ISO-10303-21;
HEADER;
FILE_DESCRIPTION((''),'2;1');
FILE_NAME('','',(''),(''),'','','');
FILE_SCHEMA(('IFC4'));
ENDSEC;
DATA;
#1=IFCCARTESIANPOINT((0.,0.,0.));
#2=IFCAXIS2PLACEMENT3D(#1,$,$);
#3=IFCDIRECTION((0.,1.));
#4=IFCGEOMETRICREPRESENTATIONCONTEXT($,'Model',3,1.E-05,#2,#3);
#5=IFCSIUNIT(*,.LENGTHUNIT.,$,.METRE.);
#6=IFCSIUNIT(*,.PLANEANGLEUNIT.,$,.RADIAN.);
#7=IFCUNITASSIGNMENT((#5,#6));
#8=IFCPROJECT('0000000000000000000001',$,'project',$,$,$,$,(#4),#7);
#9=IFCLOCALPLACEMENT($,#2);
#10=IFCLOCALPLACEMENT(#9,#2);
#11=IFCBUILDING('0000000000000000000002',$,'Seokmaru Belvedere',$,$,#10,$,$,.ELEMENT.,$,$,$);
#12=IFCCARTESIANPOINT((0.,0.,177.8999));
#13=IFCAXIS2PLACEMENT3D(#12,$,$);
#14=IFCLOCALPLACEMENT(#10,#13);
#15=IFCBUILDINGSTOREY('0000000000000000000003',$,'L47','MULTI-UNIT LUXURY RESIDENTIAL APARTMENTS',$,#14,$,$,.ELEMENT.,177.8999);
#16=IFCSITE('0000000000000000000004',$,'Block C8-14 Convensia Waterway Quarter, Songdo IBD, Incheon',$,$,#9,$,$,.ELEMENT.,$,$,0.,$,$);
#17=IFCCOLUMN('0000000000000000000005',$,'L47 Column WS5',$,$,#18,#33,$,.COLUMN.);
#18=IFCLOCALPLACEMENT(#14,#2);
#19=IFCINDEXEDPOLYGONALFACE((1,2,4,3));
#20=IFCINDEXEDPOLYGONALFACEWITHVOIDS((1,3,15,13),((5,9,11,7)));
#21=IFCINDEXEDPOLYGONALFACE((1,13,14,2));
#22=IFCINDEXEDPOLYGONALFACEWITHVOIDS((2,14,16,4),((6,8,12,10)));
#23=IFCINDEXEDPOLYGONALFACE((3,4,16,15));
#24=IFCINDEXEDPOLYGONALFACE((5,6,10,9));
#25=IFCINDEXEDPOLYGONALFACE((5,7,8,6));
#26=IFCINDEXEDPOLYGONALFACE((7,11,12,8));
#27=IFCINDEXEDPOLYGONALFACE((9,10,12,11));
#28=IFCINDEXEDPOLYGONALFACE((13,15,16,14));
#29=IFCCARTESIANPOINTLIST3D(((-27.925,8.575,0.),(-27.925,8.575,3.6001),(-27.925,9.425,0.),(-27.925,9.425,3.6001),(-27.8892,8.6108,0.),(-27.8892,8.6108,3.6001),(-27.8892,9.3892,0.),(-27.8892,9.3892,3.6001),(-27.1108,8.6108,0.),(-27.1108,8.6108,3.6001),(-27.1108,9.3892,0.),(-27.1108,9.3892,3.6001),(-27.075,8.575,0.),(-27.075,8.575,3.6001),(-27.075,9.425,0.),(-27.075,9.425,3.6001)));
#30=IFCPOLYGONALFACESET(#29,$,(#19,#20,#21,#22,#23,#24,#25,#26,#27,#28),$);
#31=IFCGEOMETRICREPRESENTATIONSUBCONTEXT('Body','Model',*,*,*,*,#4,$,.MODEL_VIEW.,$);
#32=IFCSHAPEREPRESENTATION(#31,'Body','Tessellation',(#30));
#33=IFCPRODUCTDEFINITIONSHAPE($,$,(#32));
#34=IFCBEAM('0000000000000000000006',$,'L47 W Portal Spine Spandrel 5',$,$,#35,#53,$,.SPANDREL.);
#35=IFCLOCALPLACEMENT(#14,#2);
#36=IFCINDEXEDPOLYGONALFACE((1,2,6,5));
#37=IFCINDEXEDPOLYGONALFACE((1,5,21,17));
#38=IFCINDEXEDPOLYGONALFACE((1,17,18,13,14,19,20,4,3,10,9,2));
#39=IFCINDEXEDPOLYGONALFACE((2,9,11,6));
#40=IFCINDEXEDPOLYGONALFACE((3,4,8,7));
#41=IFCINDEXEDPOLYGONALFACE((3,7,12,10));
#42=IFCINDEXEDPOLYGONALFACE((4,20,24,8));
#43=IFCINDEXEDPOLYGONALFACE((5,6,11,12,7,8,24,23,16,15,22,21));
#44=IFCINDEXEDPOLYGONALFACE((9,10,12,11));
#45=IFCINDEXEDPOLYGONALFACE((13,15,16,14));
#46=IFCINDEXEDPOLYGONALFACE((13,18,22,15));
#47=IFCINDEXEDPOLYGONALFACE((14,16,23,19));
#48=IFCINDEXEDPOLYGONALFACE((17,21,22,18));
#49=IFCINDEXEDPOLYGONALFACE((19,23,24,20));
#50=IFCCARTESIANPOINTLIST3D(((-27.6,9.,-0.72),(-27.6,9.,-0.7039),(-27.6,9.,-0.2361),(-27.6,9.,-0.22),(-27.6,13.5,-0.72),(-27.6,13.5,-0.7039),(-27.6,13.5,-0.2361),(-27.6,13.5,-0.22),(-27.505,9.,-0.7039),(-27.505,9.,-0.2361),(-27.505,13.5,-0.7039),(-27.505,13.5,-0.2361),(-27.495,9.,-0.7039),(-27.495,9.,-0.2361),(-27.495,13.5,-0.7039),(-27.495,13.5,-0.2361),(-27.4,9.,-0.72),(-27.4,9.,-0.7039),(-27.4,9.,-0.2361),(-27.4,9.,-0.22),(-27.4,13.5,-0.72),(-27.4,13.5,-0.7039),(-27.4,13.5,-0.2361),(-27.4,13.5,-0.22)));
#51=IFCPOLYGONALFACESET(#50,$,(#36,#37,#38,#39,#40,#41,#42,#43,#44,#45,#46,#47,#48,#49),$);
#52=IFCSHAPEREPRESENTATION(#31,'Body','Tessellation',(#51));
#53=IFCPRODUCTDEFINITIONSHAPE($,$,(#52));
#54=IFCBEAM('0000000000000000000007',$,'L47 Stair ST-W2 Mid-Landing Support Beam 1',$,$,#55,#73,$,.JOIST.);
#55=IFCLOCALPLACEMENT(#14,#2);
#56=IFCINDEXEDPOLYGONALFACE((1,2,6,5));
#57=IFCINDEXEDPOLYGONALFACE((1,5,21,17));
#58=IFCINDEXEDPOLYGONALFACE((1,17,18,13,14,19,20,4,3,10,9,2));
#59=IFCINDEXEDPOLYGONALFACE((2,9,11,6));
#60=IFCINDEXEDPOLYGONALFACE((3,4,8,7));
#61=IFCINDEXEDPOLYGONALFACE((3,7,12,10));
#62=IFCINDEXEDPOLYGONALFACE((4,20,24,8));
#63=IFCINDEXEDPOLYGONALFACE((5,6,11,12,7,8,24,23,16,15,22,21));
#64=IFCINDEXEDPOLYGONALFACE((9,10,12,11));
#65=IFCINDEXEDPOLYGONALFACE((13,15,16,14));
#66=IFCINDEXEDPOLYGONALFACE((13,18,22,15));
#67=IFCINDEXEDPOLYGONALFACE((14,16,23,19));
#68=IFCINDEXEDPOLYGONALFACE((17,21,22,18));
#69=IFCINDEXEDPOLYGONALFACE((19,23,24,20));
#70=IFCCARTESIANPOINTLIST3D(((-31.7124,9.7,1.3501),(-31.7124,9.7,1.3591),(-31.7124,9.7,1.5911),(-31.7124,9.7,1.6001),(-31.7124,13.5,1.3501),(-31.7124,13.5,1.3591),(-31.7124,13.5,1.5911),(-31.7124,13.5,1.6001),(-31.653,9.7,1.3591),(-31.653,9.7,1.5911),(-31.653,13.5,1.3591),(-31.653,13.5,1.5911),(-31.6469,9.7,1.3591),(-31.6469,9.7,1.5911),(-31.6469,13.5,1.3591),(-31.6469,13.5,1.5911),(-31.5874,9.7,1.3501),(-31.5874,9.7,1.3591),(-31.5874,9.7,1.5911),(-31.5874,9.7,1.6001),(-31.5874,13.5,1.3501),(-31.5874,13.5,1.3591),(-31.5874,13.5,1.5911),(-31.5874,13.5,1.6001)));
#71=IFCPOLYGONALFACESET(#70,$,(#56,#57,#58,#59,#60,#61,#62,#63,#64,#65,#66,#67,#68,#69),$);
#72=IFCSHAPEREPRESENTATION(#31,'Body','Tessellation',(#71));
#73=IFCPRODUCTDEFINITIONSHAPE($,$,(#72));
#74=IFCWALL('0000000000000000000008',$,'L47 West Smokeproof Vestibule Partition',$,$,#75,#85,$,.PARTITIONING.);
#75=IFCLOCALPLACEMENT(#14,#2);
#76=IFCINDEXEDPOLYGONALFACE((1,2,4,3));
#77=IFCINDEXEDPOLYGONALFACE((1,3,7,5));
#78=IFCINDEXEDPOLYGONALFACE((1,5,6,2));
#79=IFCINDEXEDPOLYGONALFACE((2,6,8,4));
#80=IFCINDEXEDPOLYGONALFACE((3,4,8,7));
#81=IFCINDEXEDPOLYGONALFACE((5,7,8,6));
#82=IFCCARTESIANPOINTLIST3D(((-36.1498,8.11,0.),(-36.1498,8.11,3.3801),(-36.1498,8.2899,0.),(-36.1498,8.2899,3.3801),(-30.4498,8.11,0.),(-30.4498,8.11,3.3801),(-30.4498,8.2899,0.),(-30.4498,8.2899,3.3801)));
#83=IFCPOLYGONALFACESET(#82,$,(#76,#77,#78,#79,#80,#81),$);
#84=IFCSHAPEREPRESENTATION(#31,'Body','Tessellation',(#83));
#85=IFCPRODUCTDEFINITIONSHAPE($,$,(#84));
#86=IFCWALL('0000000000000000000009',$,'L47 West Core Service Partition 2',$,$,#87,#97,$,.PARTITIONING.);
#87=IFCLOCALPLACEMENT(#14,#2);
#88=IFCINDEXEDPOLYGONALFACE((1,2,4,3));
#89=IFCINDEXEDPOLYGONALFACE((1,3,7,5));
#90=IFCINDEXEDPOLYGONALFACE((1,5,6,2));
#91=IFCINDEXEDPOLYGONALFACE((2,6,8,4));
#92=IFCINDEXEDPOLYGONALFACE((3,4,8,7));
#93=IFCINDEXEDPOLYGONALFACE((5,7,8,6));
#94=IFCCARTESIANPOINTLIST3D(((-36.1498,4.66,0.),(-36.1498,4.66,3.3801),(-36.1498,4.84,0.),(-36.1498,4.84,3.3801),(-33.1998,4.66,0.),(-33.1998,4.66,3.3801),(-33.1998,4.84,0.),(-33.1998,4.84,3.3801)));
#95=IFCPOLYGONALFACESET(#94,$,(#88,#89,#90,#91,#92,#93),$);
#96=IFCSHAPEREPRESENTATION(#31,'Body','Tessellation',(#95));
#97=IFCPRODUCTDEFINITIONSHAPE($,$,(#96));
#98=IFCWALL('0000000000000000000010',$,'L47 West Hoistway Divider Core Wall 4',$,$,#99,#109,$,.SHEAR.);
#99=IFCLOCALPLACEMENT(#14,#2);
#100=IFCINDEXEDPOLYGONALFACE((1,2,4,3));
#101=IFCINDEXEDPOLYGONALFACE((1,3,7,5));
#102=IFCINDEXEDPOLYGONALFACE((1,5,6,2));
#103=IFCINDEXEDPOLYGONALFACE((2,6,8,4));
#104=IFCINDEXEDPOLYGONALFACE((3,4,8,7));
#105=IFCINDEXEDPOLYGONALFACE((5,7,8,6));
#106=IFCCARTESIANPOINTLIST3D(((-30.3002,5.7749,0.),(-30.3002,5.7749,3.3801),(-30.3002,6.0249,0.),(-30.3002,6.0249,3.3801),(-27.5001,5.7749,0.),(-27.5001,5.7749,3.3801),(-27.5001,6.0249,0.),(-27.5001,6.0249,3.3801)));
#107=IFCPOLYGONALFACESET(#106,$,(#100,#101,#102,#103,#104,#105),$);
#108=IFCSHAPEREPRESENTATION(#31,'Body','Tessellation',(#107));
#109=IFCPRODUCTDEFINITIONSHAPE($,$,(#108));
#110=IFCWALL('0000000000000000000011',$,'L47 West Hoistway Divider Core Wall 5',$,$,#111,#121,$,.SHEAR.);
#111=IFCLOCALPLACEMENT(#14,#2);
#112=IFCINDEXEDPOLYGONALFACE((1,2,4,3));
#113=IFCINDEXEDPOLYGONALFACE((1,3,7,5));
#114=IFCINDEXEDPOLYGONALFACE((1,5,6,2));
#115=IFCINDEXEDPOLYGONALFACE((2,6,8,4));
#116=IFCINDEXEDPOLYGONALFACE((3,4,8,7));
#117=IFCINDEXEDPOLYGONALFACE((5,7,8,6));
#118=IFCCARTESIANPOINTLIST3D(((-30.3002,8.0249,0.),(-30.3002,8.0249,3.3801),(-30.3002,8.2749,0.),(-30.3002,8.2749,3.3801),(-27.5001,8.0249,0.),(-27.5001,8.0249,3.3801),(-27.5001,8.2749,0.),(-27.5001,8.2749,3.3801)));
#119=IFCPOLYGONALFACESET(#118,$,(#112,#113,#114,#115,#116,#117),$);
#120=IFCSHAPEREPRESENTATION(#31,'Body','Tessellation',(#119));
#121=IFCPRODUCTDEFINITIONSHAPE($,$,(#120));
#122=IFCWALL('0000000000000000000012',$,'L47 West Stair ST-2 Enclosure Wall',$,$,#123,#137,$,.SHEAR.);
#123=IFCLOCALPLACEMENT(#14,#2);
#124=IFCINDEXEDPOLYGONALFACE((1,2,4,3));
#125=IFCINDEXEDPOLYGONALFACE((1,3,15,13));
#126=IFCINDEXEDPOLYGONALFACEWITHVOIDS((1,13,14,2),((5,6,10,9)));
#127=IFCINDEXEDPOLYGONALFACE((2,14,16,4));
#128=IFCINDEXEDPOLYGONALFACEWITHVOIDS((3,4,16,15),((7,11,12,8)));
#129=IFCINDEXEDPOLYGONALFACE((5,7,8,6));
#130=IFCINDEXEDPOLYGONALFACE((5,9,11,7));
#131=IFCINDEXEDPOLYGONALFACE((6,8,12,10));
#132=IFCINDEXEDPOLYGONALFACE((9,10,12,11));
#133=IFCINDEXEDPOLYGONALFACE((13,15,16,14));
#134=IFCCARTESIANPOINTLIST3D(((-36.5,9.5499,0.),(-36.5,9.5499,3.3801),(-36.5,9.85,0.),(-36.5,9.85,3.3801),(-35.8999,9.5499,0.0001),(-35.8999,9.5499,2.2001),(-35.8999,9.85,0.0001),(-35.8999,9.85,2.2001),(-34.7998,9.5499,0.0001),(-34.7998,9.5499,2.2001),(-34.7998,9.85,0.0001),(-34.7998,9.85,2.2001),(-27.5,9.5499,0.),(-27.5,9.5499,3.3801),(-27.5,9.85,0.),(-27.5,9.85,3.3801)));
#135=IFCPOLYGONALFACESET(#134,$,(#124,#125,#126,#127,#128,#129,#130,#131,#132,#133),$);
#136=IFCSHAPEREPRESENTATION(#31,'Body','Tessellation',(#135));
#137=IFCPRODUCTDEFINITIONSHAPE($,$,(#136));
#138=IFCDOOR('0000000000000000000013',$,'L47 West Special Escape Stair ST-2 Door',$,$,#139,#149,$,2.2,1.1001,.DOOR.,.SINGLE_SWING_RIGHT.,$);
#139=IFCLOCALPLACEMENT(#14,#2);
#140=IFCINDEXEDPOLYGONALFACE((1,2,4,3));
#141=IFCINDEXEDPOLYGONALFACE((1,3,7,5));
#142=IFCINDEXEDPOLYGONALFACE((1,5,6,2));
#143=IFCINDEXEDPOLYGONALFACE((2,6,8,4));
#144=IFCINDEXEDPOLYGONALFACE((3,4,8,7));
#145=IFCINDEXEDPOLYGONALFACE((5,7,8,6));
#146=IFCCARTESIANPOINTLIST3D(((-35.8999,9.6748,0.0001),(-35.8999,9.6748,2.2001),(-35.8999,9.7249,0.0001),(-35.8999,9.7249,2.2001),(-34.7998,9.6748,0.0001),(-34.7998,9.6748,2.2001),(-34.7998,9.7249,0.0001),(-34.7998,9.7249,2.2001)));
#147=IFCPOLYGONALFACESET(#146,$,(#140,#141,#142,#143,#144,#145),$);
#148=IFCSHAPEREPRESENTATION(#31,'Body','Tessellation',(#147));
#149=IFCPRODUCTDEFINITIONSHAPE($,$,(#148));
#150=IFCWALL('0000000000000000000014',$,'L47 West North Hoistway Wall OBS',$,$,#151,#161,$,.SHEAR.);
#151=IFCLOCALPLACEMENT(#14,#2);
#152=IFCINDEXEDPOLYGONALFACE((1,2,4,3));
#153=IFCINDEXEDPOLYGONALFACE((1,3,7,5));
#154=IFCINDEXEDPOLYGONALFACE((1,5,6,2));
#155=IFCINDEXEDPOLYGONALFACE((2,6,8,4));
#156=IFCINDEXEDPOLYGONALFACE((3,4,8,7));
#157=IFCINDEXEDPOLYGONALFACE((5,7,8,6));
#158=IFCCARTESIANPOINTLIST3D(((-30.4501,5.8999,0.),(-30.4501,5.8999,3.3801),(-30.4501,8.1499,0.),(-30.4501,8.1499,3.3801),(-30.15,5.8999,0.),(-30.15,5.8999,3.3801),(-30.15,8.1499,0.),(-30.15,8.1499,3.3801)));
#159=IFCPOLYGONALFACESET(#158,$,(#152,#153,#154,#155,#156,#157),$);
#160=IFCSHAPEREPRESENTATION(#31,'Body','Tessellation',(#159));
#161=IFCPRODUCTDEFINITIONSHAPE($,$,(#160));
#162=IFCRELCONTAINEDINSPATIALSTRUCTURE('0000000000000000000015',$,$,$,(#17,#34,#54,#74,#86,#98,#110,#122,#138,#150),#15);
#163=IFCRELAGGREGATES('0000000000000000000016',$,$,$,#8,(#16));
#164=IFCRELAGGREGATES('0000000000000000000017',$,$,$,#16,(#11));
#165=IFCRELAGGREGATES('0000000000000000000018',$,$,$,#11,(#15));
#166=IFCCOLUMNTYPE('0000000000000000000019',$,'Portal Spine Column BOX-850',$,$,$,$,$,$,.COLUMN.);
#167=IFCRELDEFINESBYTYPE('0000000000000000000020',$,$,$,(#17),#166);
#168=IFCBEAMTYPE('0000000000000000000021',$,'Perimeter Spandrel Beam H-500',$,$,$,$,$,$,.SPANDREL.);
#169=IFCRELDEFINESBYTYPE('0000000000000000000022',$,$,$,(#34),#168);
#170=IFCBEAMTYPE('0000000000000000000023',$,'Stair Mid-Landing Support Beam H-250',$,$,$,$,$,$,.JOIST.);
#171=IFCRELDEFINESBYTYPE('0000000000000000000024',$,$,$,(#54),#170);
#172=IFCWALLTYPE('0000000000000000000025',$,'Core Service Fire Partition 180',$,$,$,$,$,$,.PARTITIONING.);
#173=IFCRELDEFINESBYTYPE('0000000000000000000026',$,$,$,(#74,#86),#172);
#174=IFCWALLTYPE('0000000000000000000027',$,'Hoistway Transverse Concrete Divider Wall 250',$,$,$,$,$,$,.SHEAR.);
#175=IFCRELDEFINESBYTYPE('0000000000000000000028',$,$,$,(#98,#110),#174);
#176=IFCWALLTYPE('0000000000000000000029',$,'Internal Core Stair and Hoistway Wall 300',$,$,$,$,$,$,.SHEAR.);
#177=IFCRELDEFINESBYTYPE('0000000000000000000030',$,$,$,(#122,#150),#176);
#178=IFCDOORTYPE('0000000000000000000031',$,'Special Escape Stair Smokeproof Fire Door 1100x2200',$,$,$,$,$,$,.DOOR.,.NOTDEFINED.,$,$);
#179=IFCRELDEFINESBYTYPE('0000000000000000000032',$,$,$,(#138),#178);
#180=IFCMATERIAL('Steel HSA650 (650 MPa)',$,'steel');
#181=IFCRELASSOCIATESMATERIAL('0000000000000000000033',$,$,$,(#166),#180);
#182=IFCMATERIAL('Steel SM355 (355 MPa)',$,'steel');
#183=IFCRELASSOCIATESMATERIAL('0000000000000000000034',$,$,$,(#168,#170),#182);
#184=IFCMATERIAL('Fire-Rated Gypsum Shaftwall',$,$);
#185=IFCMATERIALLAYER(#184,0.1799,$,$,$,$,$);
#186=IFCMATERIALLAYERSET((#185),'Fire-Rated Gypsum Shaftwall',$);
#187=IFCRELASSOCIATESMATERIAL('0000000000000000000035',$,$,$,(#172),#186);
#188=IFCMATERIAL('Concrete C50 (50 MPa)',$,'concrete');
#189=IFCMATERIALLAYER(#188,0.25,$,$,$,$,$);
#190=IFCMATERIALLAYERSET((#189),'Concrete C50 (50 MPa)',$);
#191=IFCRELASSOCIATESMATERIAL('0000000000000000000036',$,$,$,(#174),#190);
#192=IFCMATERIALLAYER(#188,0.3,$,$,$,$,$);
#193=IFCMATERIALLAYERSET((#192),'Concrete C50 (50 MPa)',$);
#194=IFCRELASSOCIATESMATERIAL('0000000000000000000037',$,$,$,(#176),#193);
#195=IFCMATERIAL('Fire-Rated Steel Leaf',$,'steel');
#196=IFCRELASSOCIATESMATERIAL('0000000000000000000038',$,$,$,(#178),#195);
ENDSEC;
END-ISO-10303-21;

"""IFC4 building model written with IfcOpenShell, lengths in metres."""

from ifc_helpers import new_model, si_unit, direction, frame, frame_2d, origin, origin_2d, place, context, subcontext, project, spatial, rectangle, hollow_rectangle, i_section, extrude, source, transform, mapped, material, layer, layer_set, material_profile, profile_set, type_object, type_shapes, element, fill, save


model = new_model("IFC4")

# Units and contexts
model_context = context("Model", 3, precision=1e-05, world=origin(), true_north=direction((0.0, 1.0)))
body_context = subcontext(model_context, "Body", "Model", "MODEL_VIEW")
ifc_project = project(units=[si_unit("LENGTHUNIT", "METRE"), si_unit("PLANEANGLEUNIT", "RADIAN")], contexts=[model_context])

# Site, building, storey
site_placement = place(None, origin())
site = spatial("IfcSite", under=ifc_project, at=site_placement, Name="Block C8-14 Convensia Waterway Quarter, Songdo IBD, Incheon", CompositionType="ELEMENT", RefElevation=0.0)
building_placement = place(site_placement, origin())
building = spatial("IfcBuilding", under=site, at=building_placement, Name="Seokmaru Belvedere", CompositionType="ELEMENT")
storey_placement = place(building_placement, frame((0.0, 0.0, 177.8999)))
storey = spatial("IfcBuildingStorey", under=building, at=storey_placement, Name="L47", Description="MULTI-UNIT LUXURY RESIDENTIAL APARTMENTS", CompositionType="ELEMENT", Elevation=177.8999)

# Column
ifc_material_1 = material(Name="Steel HSA650 (650 MPa)", Category="steel")
ifc_material_profile_1 = material_profile(ifc_material_1, hollow_rectangle(XDim=0.8501, YDim=0.8501, WallThickness=0.0359, at=origin_2d()), Name="BOX-850x850x36")
ifc_profile_set_1 = profile_set([ifc_material_profile_1], Name="Steel HSA650 (650 MPa)")
column_type = type_object("IfcColumnType", Name="Portal Spine Column BOX-850", PredefinedType="COLUMN", material=ifc_profile_set_1)
shared_shape_1 = source(origin(), body_context, "Body", "SweptSolid", [
    extrude(hollow_rectangle(XDim=0.8501, YDim=0.8501, WallThickness=0.0359, at=origin_2d()), origin(), (0.0, 0.0, 1.0), 3.6001),
])
type_shapes(column_type, [shared_shape_1])
column_placement = place(storey_placement, frame((-27.5, 9.0, 0.0), z_axis=(0.0, 0.0, 1.0), x_axis=(1.0, 0.0, 0.0)))
element("IfcColumn", 1, at=column_placement, inside=storey, type_object=column_type, Name="L47 Column WS5", PredefinedType="COLUMN", context=body_context, shape_type="MappedRepresentation", body=[
    mapped(shared_shape_1, transform((0.0, 0.0, 0.0), scale=1.0)),
])

# Beams
ifc_material_2 = material(Name="Steel SM355 (355 MPa)", Category="steel")
ifc_material_profile_2 = material_profile(ifc_material_2, i_section(OverallWidth=0.2, OverallDepth=0.5, WebThickness=0.01, FlangeThickness=0.0161, at=origin_2d()), Name="H-500x200x10x16")
ifc_profile_set_2 = profile_set([ifc_material_profile_2], Name="Steel SM355 (355 MPa)")
beam_type_1 = type_object("IfcBeamType", Name="Perimeter Spandrel Beam H-500", PredefinedType="SPANDREL", material=ifc_profile_set_2)
shared_shape_2 = source(origin(), body_context, "Body", "SweptSolid", [
    extrude(i_section(OverallWidth=0.2, OverallDepth=0.5, WebThickness=0.01, FlangeThickness=0.0161, at=origin_2d()), origin(), (0.0, 0.0, 1.0), 4.5),
])
type_shapes(beam_type_1, [shared_shape_2])
beam_1_placement = place(storey_placement, frame((-27.5, 9.0, -0.47), z_axis=(0.0, 1.0, 0.0), x_axis=(-1.0, 0.0, 0.0)))
element("IfcBeam", 2, at=beam_1_placement, inside=storey, type_object=beam_type_1, Name="L47 W Portal Spine Spandrel 5", PredefinedType="SPANDREL", context=body_context, shape_type="MappedRepresentation", body=[
    mapped(shared_shape_2, transform((0.0, 0.0, 0.0), scale=1.0)),
])
ifc_material_profile_3 = material_profile(ifc_material_2, i_section(OverallWidth=0.125, OverallDepth=0.25, WebThickness=0.0061, FlangeThickness=0.009, at=origin_2d()), Name="H-250x125x6x9")
ifc_profile_set_3 = profile_set([ifc_material_profile_3], Name="Steel SM355 (355 MPa)")
beam_type_2 = type_object("IfcBeamType", Name="Stair Mid-Landing Support Beam H-250", PredefinedType="JOIST", material=ifc_profile_set_3)
shared_shape_3 = source(origin(), body_context, "Body", "SweptSolid", [
    extrude(i_section(OverallWidth=0.125, OverallDepth=0.25, WebThickness=0.0061, FlangeThickness=0.009, at=origin_2d()), origin(), (0.0, 0.0, 1.0), 3.8),
])
type_shapes(beam_type_2, [shared_shape_3])
beam_2_placement = place(storey_placement, frame((-31.6499, 9.7, 1.4751), z_axis=(0.0, 1.0, 0.0), x_axis=(-1.0, 0.0, 0.0)))
element("IfcBeam", 3, at=beam_2_placement, inside=storey, type_object=beam_type_2, Name="L47 Stair ST-W2 Mid-Landing Support Beam 1", PredefinedType="JOIST", context=body_context, shape_type="MappedRepresentation", body=[
    mapped(shared_shape_3, transform((0.0, 0.0, 0.0), scale=1.0)),
])

# Walls
ifc_material_3 = material(Name="Fire-Rated Gypsum Shaftwall")
ifc_layer_1 = layer(ifc_material_3, 0.1799)
ifc_layer_set_1 = layer_set([ifc_layer_1], Name="Fire-Rated Gypsum Shaftwall")
wall_type_1 = type_object("IfcWallType", Name="Core Service Fire Partition 180", PredefinedType="PARTITIONING", material=ifc_layer_set_1)
wall_1_placement = place(storey_placement, frame((-36.1499, 8.2, 0.0), z_axis=(0.0, 0.0, 1.0), x_axis=(1.0, 0.0, 0.0)))
element("IfcWall", 4, at=wall_1_placement, inside=storey, type_object=wall_type_1, Name="L47 West Smokeproof Vestibule Partition", PredefinedType="PARTITIONING", context=body_context, shape_type="SweptSolid", body=[
    extrude(rectangle(XDim=5.7, YDim=0.1799, at=frame_2d((2.8501, 0.0))), origin(), (0.0, 0.0, 1.0), 3.3801),
])
wall_2_placement = place(storey_placement, frame((-36.1499, 4.75, 0.0), z_axis=(0.0, 0.0, 1.0), x_axis=(1.0, 0.0, 0.0)))
element("IfcWall", 5, at=wall_2_placement, inside=storey, type_object=wall_type_1, Name="L47 West Core Service Partition 2", PredefinedType="PARTITIONING", context=body_context, shape_type="SweptSolid", body=[
    extrude(rectangle(XDim=2.95, YDim=0.1799, at=frame_2d((1.4751, 0.0))), origin(), (0.0, 0.0, 1.0), 3.3801),
])
ifc_material_4 = material(Name="Concrete C50 (50 MPa)", Category="concrete")
ifc_layer_2 = layer(ifc_material_4, 0.25)
ifc_layer_set_2 = layer_set([ifc_layer_2], Name="Concrete C50 (50 MPa)")
wall_type_2 = type_object("IfcWallType", Name="Hoistway Transverse Concrete Divider Wall 250", PredefinedType="SHEAR", material=ifc_layer_set_2)
for number, where, z_axis, x_axis, name in (
    (6, (-30.3, 5.8999, 0.0), (0.0, 0.0, 1.0), (1.0, 0.0, 0.0), "L47 West Hoistway Divider Core Wall 4"),
    (7, (-30.3, 8.1499, 0.0), (0.0, 0.0, 1.0), (1.0, 0.0, 0.0), "L47 West Hoistway Divider Core Wall 5"),
):
    element("IfcWall", number, at=place(storey_placement, frame(where, z_axis=z_axis, x_axis=x_axis)), inside=storey, type_object=wall_type_2, Name=name, PredefinedType="SHEAR", context=body_context, shape_type="SweptSolid", body=[
        extrude(rectangle(XDim=2.8, YDim=0.25, at=frame_2d((1.3999, 0.0))), origin(), (0.0, 0.0, 1.0), 3.3801),
    ])

# Wall, opening, door
ifc_layer_3 = layer(ifc_material_4, 0.3)
ifc_layer_set_3 = layer_set([ifc_layer_3], Name="Concrete C50 (50 MPa)")
wall_type_3 = type_object("IfcWallType", Name="Internal Core Stair and Hoistway Wall 300", PredefinedType="SHEAR", material=ifc_layer_set_3)
wall_3_placement = place(storey_placement, frame((-36.5, 9.7, 0.0), z_axis=(0.0, 0.0, 1.0), x_axis=(1.0, 0.0, 0.0)))
wall_3 = element("IfcWall", 8, at=wall_3_placement, inside=storey, type_object=wall_type_3, Name="L47 West Stair ST-2 Enclosure Wall", PredefinedType="SHEAR", context=body_context, shape_type="SweptSolid", body=[
    extrude(rectangle(XDim=9.0, YDim=0.3, at=frame_2d((4.5, 0.0))), origin(), (0.0, 0.0, 1.0), 3.3801),
])
opening_1_placement = place(wall_3_placement, frame((0.6001, 0.0, 0.0)))
opening_1 = element("IfcOpeningElement", 9, at=opening_1_placement, cuts=wall_3, PredefinedType="OPENING", context=body_context, shape_type="SweptSolid", body=[
    extrude(rectangle(XDim=1.1001, YDim=2.2, at=frame_2d((0.55, 1.1001))), frame((0.0, 0.1602, 0.0), z_axis=(0.0, -1.0, 0.0), x_axis=(1.0, 0.0, 0.0)), (0.0, 0.0, 1.0), 0.3201),
])
ifc_material_5 = material(Name="Fire-Rated Steel Leaf", Category="steel")
door_type_1 = type_object("IfcDoorType", Name="Special Escape Stair Smokeproof Fire Door 1100x2200", OperationType="NOTDEFINED", PredefinedType="DOOR", material=ifc_material_5)
shared_shape_4 = source(origin(), body_context, "Body", "SweptSolid", [
    extrude(rectangle(XDim=1.1001, YDim=2.2, at=frame_2d((0.55, 1.1001))), frame((0.0, 0.0249, 0.0), z_axis=(0.0, -1.0, 0.0), x_axis=(1.0, 0.0, 0.0)), (0.0, 0.0, 1.0), 0.05),
])
type_shapes(door_type_1, [shared_shape_4])
door_1_placement = place(opening_1_placement, origin())
door_1 = element("IfcDoor", 10, at=door_1_placement, inside=storey, type_object=door_type_1, Name="L47 West Special Escape Stair ST-2 Door", OperationType="SINGLE_SWING_RIGHT", OverallHeight=2.2, OverallWidth=1.1001, PredefinedType="DOOR", context=body_context, shape_type="MappedRepresentation", body=[
    mapped(shared_shape_4, transform((0.0, 0.0, 0.0), scale=1.0)),
])
fill(opening_1, door_1)

# Wall
wall_4_placement = place(storey_placement, frame((-30.3, 5.8999, 0.0), z_axis=(0.0, 0.0, 1.0), x_axis=(0.0, 1.0, 0.0)))
element("IfcWall", 11, at=wall_4_placement, inside=storey, type_object=wall_type_3, Name="L47 West North Hoistway Wall OBS", PredefinedType="SHEAR", context=body_context, shape_type="SweptSolid", body=[
    extrude(rectangle(XDim=2.25, YDim=0.3, at=frame_2d((1.125, 0.0))), origin(), (0.0, 0.0, 1.0), 3.3801),
])

save(model, "model.ifc")
